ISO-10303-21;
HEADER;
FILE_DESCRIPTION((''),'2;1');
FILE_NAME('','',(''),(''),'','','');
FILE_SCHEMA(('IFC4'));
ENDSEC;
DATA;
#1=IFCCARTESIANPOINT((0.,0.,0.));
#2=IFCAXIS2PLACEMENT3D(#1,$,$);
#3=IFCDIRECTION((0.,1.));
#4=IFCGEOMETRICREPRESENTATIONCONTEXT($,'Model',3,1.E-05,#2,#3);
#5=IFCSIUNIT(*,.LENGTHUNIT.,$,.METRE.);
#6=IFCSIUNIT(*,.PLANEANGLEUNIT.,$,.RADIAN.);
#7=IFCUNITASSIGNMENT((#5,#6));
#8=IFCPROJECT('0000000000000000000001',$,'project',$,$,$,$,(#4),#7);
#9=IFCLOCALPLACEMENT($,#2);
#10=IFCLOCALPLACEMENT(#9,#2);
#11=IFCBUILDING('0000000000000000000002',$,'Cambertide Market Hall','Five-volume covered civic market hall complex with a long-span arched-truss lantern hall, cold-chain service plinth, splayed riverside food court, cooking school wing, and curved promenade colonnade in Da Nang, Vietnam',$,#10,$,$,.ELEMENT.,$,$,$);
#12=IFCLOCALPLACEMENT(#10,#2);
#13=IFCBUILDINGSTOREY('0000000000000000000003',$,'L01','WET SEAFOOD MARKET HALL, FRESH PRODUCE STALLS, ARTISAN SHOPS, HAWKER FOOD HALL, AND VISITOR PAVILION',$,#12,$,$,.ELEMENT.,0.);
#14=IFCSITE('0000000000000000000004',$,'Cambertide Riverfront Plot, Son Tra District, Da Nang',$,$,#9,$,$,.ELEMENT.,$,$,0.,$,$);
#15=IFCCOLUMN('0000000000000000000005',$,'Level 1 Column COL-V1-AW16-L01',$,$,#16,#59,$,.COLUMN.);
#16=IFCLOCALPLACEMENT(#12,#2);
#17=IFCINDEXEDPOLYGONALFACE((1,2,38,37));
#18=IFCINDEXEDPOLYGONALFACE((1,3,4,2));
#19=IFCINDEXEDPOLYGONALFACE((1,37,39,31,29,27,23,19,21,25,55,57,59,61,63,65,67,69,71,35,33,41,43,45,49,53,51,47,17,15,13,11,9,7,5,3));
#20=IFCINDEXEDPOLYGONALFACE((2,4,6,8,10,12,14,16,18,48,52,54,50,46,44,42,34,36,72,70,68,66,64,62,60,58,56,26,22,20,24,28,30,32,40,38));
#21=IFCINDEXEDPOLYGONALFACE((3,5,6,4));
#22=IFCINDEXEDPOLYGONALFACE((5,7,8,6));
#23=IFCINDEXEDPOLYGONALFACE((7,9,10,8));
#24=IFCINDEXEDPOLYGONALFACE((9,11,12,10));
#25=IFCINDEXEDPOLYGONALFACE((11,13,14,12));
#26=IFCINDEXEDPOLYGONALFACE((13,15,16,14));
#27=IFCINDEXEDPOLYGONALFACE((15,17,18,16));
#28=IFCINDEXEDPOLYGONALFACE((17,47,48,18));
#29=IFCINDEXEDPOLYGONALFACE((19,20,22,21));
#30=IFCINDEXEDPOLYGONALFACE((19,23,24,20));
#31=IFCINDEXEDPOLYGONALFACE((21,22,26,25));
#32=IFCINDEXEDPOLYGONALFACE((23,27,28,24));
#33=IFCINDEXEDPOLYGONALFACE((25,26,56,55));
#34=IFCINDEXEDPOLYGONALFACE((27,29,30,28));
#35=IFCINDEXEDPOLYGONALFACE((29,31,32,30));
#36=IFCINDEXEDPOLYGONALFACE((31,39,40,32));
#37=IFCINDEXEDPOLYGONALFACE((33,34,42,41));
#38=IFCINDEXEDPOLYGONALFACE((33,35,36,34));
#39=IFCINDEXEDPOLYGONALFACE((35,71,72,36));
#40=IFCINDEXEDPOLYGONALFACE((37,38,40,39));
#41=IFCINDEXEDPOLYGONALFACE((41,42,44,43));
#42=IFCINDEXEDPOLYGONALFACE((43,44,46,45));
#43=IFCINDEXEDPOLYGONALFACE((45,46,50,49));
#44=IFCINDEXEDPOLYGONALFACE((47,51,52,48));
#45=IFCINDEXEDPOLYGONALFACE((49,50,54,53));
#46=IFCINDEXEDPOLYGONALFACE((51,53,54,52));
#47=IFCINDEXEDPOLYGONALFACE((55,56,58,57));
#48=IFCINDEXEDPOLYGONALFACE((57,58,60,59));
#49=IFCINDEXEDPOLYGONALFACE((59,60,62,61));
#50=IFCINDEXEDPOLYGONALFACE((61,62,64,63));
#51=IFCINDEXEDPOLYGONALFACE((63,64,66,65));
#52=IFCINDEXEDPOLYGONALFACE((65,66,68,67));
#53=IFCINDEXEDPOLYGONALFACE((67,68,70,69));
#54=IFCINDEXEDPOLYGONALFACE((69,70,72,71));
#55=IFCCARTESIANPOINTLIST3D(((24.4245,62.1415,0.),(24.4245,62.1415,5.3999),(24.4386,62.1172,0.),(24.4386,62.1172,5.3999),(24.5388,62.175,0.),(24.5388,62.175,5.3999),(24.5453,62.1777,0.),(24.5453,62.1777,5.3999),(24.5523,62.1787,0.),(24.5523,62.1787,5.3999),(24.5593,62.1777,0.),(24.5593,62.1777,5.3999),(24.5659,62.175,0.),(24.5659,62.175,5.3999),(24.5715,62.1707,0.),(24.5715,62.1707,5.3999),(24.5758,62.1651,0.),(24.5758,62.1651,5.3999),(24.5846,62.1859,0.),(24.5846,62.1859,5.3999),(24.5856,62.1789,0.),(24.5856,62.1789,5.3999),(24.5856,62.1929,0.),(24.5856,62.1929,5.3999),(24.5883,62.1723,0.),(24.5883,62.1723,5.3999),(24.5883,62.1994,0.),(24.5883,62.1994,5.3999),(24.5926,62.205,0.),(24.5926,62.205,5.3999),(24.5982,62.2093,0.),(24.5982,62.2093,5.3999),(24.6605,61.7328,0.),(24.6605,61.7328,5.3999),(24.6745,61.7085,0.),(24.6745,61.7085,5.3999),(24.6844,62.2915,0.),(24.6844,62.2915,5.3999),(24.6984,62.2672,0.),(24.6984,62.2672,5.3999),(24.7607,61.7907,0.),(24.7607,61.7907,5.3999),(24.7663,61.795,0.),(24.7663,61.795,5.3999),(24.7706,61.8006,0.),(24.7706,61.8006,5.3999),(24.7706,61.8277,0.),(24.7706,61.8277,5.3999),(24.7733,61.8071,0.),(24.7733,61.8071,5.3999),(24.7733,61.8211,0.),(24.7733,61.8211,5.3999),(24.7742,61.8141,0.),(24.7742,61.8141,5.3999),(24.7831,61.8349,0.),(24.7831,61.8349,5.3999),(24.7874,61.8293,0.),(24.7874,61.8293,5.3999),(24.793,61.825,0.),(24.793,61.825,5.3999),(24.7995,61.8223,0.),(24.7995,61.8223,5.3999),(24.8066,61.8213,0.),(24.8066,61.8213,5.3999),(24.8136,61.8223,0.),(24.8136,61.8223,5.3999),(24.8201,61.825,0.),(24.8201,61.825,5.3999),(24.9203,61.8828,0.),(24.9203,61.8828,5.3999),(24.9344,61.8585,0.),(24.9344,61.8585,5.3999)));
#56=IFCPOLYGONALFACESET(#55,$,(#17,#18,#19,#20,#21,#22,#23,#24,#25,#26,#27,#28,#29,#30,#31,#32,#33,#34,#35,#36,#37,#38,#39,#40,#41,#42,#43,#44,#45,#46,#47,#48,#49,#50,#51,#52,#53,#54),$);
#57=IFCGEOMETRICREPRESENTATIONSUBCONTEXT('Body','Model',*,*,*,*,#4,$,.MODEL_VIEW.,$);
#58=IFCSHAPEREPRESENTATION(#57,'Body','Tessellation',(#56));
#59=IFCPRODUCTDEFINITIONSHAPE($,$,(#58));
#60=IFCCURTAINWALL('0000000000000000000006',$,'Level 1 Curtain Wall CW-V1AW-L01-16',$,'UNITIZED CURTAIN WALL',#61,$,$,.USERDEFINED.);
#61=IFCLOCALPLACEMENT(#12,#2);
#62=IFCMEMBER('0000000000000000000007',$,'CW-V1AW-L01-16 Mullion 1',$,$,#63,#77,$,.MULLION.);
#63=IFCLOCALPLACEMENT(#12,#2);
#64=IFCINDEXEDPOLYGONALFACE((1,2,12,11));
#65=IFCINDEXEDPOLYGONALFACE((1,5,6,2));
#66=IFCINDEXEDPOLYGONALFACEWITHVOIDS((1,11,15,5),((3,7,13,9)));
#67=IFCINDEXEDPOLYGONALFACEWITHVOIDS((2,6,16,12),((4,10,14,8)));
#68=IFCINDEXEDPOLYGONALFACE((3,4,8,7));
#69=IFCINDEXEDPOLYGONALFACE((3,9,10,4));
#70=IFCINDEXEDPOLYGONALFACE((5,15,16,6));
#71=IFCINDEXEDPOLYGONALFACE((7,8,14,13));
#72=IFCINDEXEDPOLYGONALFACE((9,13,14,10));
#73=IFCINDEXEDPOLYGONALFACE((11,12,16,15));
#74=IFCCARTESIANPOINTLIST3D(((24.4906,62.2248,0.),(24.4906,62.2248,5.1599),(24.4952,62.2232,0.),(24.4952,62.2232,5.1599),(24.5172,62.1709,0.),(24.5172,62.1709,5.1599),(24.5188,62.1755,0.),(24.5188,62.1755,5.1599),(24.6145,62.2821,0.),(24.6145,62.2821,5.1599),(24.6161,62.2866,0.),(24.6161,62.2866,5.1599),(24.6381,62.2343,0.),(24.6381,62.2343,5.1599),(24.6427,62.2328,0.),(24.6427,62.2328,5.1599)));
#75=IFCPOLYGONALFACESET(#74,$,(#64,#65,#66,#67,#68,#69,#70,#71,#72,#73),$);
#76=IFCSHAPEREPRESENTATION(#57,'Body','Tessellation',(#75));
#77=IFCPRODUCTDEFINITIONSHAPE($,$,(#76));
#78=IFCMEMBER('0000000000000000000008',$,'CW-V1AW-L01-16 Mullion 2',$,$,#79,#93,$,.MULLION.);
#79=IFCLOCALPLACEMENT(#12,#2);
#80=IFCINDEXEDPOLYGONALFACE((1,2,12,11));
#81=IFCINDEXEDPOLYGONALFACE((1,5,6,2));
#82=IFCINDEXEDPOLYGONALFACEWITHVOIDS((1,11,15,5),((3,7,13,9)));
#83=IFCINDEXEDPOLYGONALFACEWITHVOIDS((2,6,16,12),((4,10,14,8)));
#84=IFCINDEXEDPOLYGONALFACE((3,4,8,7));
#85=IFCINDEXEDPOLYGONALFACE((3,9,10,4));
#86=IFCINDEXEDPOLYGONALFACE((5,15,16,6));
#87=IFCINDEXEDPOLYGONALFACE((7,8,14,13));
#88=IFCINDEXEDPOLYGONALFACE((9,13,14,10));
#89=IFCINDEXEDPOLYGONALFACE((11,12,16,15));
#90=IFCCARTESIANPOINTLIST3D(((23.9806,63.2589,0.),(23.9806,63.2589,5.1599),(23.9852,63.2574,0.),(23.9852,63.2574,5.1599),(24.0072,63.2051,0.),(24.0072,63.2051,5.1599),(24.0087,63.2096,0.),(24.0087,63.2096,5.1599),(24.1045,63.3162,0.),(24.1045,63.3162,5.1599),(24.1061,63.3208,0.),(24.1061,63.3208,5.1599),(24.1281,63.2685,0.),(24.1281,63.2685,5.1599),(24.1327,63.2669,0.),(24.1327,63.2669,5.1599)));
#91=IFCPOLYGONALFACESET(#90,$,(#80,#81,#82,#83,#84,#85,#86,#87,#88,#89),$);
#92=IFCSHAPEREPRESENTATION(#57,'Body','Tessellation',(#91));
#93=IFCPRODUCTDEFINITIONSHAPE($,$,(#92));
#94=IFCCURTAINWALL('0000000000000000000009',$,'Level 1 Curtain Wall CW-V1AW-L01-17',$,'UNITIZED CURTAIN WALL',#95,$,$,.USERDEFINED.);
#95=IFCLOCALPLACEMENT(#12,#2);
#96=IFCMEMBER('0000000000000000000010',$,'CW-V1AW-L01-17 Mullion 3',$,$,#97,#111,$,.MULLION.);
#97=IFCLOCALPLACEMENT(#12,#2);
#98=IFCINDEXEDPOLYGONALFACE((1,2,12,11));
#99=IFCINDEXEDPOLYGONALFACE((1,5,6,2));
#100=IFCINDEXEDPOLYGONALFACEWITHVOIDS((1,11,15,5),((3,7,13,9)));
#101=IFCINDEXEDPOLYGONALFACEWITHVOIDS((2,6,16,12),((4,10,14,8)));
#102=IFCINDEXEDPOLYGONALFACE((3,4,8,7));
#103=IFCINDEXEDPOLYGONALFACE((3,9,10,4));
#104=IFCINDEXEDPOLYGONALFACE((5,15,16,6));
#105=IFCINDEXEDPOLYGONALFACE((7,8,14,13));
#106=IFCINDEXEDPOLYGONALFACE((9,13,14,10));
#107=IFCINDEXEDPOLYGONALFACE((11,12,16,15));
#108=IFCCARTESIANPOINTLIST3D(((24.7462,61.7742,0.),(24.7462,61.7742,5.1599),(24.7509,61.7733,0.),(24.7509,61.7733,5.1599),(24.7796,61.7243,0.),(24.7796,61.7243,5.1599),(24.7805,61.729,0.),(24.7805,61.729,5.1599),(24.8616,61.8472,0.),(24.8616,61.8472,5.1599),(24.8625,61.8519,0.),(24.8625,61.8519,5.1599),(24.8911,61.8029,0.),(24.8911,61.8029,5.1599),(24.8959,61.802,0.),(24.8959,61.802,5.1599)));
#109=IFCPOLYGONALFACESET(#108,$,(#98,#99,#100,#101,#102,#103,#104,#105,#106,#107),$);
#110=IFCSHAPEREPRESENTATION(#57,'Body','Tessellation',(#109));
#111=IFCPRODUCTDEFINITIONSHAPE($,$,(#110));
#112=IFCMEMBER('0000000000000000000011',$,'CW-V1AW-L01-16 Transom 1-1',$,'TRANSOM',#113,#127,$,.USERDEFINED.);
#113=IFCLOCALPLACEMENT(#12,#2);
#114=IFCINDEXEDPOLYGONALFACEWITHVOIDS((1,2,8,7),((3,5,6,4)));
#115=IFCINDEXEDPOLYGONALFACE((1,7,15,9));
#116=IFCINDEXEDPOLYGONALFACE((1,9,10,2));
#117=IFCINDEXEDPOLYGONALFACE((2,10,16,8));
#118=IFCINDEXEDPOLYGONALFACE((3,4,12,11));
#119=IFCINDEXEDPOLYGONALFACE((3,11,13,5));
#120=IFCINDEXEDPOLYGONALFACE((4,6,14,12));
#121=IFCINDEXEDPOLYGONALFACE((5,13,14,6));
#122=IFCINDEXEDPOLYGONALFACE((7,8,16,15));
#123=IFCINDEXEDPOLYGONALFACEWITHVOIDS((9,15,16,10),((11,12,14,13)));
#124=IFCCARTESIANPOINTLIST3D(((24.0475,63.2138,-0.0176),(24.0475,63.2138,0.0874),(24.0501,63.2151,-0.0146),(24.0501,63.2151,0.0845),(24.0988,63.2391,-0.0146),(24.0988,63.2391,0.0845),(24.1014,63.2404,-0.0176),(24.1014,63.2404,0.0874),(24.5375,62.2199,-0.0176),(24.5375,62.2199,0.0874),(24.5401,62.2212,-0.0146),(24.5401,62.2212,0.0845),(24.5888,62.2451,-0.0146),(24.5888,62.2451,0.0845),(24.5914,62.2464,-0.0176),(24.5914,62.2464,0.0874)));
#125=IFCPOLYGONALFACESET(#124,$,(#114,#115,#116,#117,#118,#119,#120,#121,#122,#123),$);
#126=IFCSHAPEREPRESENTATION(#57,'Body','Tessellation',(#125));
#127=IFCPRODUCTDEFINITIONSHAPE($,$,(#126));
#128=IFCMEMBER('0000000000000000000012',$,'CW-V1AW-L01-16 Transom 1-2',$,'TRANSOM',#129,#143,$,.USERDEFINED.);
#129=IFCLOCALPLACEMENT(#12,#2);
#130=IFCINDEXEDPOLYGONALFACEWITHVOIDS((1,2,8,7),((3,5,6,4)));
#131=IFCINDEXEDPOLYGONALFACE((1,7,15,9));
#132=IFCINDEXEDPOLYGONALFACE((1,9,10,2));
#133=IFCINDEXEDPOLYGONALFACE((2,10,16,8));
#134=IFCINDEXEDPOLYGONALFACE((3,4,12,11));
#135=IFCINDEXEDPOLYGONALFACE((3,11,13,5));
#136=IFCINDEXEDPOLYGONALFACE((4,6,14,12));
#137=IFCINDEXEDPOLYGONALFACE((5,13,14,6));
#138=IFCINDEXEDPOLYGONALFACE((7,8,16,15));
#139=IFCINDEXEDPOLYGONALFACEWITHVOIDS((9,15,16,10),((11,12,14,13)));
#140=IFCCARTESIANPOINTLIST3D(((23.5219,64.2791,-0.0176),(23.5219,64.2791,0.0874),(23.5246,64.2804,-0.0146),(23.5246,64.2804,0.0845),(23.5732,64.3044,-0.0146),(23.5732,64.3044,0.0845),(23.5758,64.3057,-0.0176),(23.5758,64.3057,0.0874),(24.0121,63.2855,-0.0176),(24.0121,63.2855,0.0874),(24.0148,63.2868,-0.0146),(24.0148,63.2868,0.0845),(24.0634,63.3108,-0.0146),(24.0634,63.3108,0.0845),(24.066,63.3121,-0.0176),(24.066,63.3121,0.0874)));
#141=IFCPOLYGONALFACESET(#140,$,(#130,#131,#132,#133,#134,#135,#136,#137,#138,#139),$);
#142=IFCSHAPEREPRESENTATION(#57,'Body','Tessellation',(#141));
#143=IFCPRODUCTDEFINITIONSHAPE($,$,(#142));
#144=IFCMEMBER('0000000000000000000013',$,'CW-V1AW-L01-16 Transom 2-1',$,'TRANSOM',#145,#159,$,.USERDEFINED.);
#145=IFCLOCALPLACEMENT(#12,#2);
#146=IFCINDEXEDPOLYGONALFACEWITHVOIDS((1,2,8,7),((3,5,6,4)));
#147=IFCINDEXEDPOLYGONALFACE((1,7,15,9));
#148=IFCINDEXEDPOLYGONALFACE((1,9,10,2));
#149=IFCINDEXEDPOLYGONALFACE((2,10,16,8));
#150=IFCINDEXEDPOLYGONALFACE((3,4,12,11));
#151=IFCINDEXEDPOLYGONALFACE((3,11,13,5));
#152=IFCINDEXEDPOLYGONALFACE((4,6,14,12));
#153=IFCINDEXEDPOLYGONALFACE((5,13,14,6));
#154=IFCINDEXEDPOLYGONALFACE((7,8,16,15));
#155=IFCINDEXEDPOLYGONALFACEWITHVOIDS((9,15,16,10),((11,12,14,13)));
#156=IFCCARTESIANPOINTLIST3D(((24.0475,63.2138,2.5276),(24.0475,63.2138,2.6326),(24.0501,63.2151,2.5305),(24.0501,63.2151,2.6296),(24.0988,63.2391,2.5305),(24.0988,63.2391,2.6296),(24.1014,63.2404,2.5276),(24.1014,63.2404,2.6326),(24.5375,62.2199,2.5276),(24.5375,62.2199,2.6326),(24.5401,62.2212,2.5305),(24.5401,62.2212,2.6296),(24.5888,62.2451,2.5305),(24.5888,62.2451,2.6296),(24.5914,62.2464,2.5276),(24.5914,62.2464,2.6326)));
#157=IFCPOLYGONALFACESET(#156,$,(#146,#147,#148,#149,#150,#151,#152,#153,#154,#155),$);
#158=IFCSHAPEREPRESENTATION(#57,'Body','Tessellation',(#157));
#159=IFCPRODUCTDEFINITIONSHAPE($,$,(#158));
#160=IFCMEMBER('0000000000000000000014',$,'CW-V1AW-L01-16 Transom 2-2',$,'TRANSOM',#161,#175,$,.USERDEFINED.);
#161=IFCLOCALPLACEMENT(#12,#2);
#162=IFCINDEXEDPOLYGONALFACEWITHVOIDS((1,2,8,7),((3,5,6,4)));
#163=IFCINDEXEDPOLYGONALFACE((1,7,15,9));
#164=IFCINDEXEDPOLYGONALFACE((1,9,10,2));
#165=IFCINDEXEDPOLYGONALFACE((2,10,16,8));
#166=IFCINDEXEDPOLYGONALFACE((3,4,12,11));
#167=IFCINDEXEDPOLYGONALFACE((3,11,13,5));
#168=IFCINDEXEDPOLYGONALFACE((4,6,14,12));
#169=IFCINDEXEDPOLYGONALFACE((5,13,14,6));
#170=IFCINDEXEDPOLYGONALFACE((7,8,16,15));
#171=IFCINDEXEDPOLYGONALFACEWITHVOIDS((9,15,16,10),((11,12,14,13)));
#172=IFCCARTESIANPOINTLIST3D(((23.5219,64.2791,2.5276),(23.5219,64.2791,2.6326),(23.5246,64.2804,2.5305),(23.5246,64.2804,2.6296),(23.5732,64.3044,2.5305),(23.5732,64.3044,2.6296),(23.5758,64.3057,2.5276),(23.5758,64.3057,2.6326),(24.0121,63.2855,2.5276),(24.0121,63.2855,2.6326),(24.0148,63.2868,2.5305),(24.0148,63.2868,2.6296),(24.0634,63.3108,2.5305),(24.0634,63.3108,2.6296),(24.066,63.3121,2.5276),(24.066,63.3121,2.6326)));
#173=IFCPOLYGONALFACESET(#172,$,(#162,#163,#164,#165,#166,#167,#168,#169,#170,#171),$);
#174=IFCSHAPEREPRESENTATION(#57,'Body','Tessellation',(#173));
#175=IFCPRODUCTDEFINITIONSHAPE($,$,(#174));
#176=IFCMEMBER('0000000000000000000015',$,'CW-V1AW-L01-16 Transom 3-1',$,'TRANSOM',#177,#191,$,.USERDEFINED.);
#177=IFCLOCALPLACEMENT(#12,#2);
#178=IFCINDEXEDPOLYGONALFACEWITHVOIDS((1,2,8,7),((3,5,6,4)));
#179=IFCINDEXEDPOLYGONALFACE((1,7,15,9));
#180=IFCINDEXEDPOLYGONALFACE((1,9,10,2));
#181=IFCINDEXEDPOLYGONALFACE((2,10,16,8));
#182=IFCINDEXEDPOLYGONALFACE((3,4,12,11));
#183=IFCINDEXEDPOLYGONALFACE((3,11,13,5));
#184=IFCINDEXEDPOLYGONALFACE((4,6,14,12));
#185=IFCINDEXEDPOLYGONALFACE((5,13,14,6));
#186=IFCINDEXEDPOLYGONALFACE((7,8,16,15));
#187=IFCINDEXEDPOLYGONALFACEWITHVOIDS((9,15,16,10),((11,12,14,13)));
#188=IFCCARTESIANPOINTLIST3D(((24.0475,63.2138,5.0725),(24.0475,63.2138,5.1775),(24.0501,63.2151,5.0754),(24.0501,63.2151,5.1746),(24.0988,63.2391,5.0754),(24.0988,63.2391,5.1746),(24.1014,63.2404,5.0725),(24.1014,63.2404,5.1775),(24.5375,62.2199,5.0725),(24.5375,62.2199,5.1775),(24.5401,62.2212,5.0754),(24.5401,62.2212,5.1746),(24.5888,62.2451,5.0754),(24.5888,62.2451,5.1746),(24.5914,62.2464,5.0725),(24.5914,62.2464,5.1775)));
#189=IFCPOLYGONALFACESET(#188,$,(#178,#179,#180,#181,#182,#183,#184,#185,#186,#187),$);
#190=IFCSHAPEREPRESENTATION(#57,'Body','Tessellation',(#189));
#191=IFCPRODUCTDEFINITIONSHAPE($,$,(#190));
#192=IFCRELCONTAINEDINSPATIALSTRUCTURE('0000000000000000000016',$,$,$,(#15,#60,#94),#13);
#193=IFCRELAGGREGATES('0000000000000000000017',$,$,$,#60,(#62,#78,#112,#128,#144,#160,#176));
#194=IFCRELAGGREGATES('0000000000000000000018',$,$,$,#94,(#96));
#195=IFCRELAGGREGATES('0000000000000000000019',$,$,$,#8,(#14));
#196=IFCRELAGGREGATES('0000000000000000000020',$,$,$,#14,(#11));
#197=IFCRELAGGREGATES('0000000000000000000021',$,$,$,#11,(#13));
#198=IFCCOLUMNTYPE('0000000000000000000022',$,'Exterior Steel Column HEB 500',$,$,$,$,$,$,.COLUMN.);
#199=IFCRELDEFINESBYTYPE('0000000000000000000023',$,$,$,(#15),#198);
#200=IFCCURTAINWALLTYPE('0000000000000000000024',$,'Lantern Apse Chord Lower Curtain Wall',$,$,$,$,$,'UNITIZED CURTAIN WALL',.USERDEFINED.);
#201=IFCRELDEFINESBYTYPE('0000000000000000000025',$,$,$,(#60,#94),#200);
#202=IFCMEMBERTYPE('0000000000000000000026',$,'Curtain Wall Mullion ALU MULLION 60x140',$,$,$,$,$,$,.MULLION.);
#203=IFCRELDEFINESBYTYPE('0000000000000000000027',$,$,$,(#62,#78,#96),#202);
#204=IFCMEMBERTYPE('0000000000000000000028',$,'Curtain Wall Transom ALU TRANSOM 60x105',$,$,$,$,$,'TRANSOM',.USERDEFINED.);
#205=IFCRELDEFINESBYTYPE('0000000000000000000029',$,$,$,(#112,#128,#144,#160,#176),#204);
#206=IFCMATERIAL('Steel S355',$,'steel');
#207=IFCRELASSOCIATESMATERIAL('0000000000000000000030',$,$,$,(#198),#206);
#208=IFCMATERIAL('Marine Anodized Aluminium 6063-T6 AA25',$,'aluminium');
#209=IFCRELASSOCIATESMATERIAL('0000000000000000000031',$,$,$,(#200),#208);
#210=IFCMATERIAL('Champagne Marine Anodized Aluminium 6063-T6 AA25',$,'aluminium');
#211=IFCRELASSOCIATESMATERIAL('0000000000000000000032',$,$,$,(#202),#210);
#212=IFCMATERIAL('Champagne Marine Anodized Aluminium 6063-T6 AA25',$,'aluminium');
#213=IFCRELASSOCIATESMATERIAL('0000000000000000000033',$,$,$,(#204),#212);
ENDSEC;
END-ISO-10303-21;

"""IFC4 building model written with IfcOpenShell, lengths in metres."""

from ifc_helpers import new_model, si_unit, direction, frame, origin, origin_2d, place, context, subcontext, project, spatial, hollow_rectangle, i_section, extrude, material, material_profile, profile_set, type_object, element, aggregate, save


model = new_model("IFC4")

# Units and contexts
model_context = context("Model", 3, precision=1e-05, world=origin(), true_north=direction((0.0, 1.0)))
body_context = subcontext(model_context, "Body", "Model", "MODEL_VIEW")
ifc_project = project(units=[si_unit("LENGTHUNIT", "METRE"), si_unit("PLANEANGLEUNIT", "RADIAN")], contexts=[model_context])

# Site, building, storey
site_placement = place(None, origin())
site = spatial("IfcSite", under=ifc_project, at=site_placement, Name="Cambertide Riverfront Plot, Son Tra District, Da Nang", CompositionType="ELEMENT", RefElevation=0.0)
building_placement = place(site_placement, origin())
building = spatial("IfcBuilding", under=site, at=building_placement, Name="Cambertide Market Hall", Description="Five-volume covered civic market hall complex with a long-span arched-truss lantern hall, cold-chain service plinth, splayed riverside food court, cooking school wing, and curved promenade colonnade in Da Nang, Vietnam", CompositionType="ELEMENT")
storey_placement = place(building_placement, origin())
storey = spatial("IfcBuildingStorey", under=building, at=storey_placement, Name="L01", Description="WET SEAFOOD MARKET HALL, FRESH PRODUCE STALLS, ARTISAN SHOPS, HAWKER FOOD HALL, AND VISITOR PAVILION", CompositionType="ELEMENT", Elevation=0.0)

# Column
ifc_material_1 = material(Name="Steel S355", Category="steel")
ifc_material_profile_1 = material_profile(ifc_material_1, i_section(OverallWidth=0.3, OverallDepth=0.5, WebThickness=0.0144, FlangeThickness=0.0281, FilletRadius=0.0271, at=origin_2d()), Name="HEB 500")
ifc_profile_set_1 = profile_set([ifc_material_profile_1], Name="Steel S355")
column_type = type_object("IfcColumnType", Name="Exterior Steel Column HEB 500", PredefinedType="COLUMN", material=ifc_profile_set_1)
column_placement = place(storey_placement, frame((24.6794, 62.0, 0.0), z_axis=(0.0, 0.0, 1.0), x_axis=(-0.866025, -0.5, 0.0)))
element("IfcColumn", 1, at=column_placement, inside=storey, type_object=column_type, Name="Level 1 Column COL-V1-AW16-L01", PredefinedType="COLUMN", context=body_context, shape_type="SweptSolid", body=[
    extrude(i_section(OverallWidth=0.3, OverallDepth=0.5, WebThickness=0.0144, FlangeThickness=0.0281, FilletRadius=0.0271, at=origin_2d()), origin(), (0.0, 0.0, 1.0), 5.3999),
])

# Curtain wall, members
ifc_material_2 = material(Name="Marine Anodized Aluminium 6063-T6 AA25", Category="aluminium")
curtain_wall_type = type_object("IfcCurtainWallType", Name="Lantern Apse Chord Lower Curtain Wall", ElementType="UNITIZED CURTAIN WALL", PredefinedType="USERDEFINED", material=ifc_material_2)
curtain_wall_1_placement = place(storey_placement, origin())
curtain_wall_1 = element("IfcCurtainWall", 2, at=curtain_wall_1_placement, inside=storey, type_object=curtain_wall_type, Name="Level 1 Curtain Wall CW-V1AW-L01-16", ObjectType="UNITIZED CURTAIN WALL", PredefinedType="USERDEFINED")
ifc_material_3 = material(Name="Champagne Marine Anodized Aluminium 6063-T6 AA25", Category="aluminium")
ifc_material_profile_2 = material_profile(ifc_material_3, hollow_rectangle(XDim=0.0601, YDim=0.1399, WallThickness=0.0034, at=origin_2d()), Name="ALU MULLION 60x140")
ifc_profile_set_2 = profile_set([ifc_material_profile_2], Name="Champagne Marine Anodized Aluminium 6063-T6 AA25")
member_type_1 = type_object("IfcMemberType", Name="Curtain Wall Mullion ALU MULLION 60x140", PredefinedType="MULLION", material=ifc_profile_set_2)
member_1_placement = place(storey_placement, frame((24.5667, 62.2288, 0.0), z_axis=(0.0, 0.0, 1.0), x_axis=(-0.442289, 0.896873, 0.0)))
member_1 = element("IfcMember", 3, at=member_1_placement, type_object=member_type_1, Name="CW-V1AW-L01-16 Mullion 1", PredefinedType="MULLION", context=body_context, shape_type="SweptSolid", body=[
    extrude(hollow_rectangle(XDim=0.0601, YDim=0.1399, WallThickness=0.0034, at=origin_2d()), origin(), (0.0, 0.0, 1.0), 5.1599),
])
member_2_placement = place(storey_placement, frame((24.0566, 63.2629, 0.0), z_axis=(0.0, 0.0, 1.0), x_axis=(-0.442289, 0.896873, 0.0)))
member_2 = element("IfcMember", 4, at=member_2_placement, type_object=member_type_1, Name="CW-V1AW-L01-16 Mullion 2", PredefinedType="MULLION", context=body_context, shape_type="SweptSolid", body=[
    extrude(hollow_rectangle(XDim=0.0601, YDim=0.1399, WallThickness=0.0034, at=origin_2d()), origin(), (0.0, 0.0, 1.0), 5.1599),
])

# Curtain wall, member
curtain_wall_2_placement = place(storey_placement, origin())
curtain_wall_2 = element("IfcCurtainWall", 5, at=curtain_wall_2_placement, inside=storey, type_object=curtain_wall_type, Name="Level 1 Curtain Wall CW-V1AW-L01-17", ObjectType="UNITIZED CURTAIN WALL", PredefinedType="USERDEFINED")
member_3_placement = place(storey_placement, frame((24.821, 61.7881, 0.0), z_axis=(0.0, 0.0, 1.0), x_axis=(-0.55557, 0.83147, 0.0)))
member_3 = element("IfcMember", 6, at=member_3_placement, type_object=member_type_1, Name="CW-V1AW-L01-17 Mullion 3", PredefinedType="MULLION", context=body_context, shape_type="SweptSolid", body=[
    extrude(hollow_rectangle(XDim=0.0601, YDim=0.1399, WallThickness=0.0034, at=origin_2d()), origin(), (0.0, 0.0, 1.0), 5.1599),
])

# Members
ifc_material_4 = material(Name="Champagne Marine Anodized Aluminium 6063-T6 AA25", Category="aluminium")
ifc_material_profile_3 = material_profile(ifc_material_4, hollow_rectangle(XDim=0.0601, YDim=0.105, WallThickness=0.0029, at=origin_2d()), Name="ALU TRANSOM 60x105")
ifc_profile_set_3 = profile_set([ifc_material_profile_3], Name="Champagne Marine Anodized Aluminium 6063-T6 AA25")
member_type_2 = type_object("IfcMemberType", Name="Curtain Wall Transom ALU TRANSOM 60x105", ElementType="TRANSOM", PredefinedType="USERDEFINED", material=ifc_profile_set_3)
member_4_placement = place(storey_placement, frame((24.5645, 62.2332, 0.0349), z_axis=(-0.442183, 0.896925, 0.0), x_axis=(-0.896925, -0.442183, 0.0)))
member_4 = element("IfcMember", 7, at=member_4_placement, type_object=member_type_2, Name="CW-V1AW-L01-16 Transom 1-1", ObjectType="TRANSOM", PredefinedType="USERDEFINED", context=body_context, shape_type="SweptSolid", body=[
    extrude(hollow_rectangle(XDim=0.0601, YDim=0.105, WallThickness=0.0029, at=origin_2d()), origin(), (0.0, 0.0, 1.0), 1.1082),
])
member_5_placement = place(storey_placement, frame((24.0391, 63.2988, 0.0349), z_axis=(-0.442448, 0.896794, 0.0), x_axis=(-0.896794, -0.442448, 0.0)))
member_5 = element("IfcMember", 8, at=member_5_placement, type_object=member_type_2, Name="CW-V1AW-L01-16 Transom 1-2", ObjectType="TRANSOM", PredefinedType="USERDEFINED", context=body_context, shape_type="SweptSolid", body=[
    extrude(hollow_rectangle(XDim=0.0601, YDim=0.105, WallThickness=0.0029, at=origin_2d()), origin(), (0.0, 0.0, 1.0), 1.1079),
])
member_6_placement = place(storey_placement, frame((24.5645, 62.2332, 2.5801), z_axis=(-0.442183, 0.896925, 0.0), x_axis=(-0.896925, -0.442183, 0.0)))
member_6 = element("IfcMember", 9, at=member_6_placement, type_object=member_type_2, Name="CW-V1AW-L01-16 Transom 2-1", ObjectType="TRANSOM", PredefinedType="USERDEFINED", context=body_context, shape_type="SweptSolid", body=[
    extrude(hollow_rectangle(XDim=0.0601, YDim=0.105, WallThickness=0.0029, at=origin_2d()), origin(), (0.0, 0.0, 1.0), 1.1082),
])
member_7_placement = place(storey_placement, frame((24.0391, 63.2988, 2.5801), z_axis=(-0.442448, 0.896794, 0.0), x_axis=(-0.896794, -0.442448, 0.0)))
member_7 = element("IfcMember", 10, at=member_7_placement, type_object=member_type_2, Name="CW-V1AW-L01-16 Transom 2-2", ObjectType="TRANSOM", PredefinedType="USERDEFINED", context=body_context, shape_type="SweptSolid", body=[
    extrude(hollow_rectangle(XDim=0.0601, YDim=0.105, WallThickness=0.0029, at=origin_2d()), origin(), (0.0, 0.0, 1.0), 1.1079),
])
member_8_placement = place(storey_placement, frame((24.5645, 62.2332, 5.125), z_axis=(-0.442183, 0.896925, 0.0), x_axis=(-0.896925, -0.442183, 0.0)))
member_8 = element("IfcMember", 11, at=member_8_placement, type_object=member_type_2, Name="CW-V1AW-L01-16 Transom 3-1", ObjectType="TRANSOM", PredefinedType="USERDEFINED", context=body_context, shape_type="SweptSolid", body=[
    extrude(hollow_rectangle(XDim=0.0601, YDim=0.105, WallThickness=0.0029, at=origin_2d()), origin(), (0.0, 0.0, 1.0), 1.1082),
])

aggregate(curtain_wall_1, [member_1, member_2, member_4, member_5, member_6, member_7, member_8])
aggregate(curtain_wall_2, [member_3])

save(model, "model.ifc")
